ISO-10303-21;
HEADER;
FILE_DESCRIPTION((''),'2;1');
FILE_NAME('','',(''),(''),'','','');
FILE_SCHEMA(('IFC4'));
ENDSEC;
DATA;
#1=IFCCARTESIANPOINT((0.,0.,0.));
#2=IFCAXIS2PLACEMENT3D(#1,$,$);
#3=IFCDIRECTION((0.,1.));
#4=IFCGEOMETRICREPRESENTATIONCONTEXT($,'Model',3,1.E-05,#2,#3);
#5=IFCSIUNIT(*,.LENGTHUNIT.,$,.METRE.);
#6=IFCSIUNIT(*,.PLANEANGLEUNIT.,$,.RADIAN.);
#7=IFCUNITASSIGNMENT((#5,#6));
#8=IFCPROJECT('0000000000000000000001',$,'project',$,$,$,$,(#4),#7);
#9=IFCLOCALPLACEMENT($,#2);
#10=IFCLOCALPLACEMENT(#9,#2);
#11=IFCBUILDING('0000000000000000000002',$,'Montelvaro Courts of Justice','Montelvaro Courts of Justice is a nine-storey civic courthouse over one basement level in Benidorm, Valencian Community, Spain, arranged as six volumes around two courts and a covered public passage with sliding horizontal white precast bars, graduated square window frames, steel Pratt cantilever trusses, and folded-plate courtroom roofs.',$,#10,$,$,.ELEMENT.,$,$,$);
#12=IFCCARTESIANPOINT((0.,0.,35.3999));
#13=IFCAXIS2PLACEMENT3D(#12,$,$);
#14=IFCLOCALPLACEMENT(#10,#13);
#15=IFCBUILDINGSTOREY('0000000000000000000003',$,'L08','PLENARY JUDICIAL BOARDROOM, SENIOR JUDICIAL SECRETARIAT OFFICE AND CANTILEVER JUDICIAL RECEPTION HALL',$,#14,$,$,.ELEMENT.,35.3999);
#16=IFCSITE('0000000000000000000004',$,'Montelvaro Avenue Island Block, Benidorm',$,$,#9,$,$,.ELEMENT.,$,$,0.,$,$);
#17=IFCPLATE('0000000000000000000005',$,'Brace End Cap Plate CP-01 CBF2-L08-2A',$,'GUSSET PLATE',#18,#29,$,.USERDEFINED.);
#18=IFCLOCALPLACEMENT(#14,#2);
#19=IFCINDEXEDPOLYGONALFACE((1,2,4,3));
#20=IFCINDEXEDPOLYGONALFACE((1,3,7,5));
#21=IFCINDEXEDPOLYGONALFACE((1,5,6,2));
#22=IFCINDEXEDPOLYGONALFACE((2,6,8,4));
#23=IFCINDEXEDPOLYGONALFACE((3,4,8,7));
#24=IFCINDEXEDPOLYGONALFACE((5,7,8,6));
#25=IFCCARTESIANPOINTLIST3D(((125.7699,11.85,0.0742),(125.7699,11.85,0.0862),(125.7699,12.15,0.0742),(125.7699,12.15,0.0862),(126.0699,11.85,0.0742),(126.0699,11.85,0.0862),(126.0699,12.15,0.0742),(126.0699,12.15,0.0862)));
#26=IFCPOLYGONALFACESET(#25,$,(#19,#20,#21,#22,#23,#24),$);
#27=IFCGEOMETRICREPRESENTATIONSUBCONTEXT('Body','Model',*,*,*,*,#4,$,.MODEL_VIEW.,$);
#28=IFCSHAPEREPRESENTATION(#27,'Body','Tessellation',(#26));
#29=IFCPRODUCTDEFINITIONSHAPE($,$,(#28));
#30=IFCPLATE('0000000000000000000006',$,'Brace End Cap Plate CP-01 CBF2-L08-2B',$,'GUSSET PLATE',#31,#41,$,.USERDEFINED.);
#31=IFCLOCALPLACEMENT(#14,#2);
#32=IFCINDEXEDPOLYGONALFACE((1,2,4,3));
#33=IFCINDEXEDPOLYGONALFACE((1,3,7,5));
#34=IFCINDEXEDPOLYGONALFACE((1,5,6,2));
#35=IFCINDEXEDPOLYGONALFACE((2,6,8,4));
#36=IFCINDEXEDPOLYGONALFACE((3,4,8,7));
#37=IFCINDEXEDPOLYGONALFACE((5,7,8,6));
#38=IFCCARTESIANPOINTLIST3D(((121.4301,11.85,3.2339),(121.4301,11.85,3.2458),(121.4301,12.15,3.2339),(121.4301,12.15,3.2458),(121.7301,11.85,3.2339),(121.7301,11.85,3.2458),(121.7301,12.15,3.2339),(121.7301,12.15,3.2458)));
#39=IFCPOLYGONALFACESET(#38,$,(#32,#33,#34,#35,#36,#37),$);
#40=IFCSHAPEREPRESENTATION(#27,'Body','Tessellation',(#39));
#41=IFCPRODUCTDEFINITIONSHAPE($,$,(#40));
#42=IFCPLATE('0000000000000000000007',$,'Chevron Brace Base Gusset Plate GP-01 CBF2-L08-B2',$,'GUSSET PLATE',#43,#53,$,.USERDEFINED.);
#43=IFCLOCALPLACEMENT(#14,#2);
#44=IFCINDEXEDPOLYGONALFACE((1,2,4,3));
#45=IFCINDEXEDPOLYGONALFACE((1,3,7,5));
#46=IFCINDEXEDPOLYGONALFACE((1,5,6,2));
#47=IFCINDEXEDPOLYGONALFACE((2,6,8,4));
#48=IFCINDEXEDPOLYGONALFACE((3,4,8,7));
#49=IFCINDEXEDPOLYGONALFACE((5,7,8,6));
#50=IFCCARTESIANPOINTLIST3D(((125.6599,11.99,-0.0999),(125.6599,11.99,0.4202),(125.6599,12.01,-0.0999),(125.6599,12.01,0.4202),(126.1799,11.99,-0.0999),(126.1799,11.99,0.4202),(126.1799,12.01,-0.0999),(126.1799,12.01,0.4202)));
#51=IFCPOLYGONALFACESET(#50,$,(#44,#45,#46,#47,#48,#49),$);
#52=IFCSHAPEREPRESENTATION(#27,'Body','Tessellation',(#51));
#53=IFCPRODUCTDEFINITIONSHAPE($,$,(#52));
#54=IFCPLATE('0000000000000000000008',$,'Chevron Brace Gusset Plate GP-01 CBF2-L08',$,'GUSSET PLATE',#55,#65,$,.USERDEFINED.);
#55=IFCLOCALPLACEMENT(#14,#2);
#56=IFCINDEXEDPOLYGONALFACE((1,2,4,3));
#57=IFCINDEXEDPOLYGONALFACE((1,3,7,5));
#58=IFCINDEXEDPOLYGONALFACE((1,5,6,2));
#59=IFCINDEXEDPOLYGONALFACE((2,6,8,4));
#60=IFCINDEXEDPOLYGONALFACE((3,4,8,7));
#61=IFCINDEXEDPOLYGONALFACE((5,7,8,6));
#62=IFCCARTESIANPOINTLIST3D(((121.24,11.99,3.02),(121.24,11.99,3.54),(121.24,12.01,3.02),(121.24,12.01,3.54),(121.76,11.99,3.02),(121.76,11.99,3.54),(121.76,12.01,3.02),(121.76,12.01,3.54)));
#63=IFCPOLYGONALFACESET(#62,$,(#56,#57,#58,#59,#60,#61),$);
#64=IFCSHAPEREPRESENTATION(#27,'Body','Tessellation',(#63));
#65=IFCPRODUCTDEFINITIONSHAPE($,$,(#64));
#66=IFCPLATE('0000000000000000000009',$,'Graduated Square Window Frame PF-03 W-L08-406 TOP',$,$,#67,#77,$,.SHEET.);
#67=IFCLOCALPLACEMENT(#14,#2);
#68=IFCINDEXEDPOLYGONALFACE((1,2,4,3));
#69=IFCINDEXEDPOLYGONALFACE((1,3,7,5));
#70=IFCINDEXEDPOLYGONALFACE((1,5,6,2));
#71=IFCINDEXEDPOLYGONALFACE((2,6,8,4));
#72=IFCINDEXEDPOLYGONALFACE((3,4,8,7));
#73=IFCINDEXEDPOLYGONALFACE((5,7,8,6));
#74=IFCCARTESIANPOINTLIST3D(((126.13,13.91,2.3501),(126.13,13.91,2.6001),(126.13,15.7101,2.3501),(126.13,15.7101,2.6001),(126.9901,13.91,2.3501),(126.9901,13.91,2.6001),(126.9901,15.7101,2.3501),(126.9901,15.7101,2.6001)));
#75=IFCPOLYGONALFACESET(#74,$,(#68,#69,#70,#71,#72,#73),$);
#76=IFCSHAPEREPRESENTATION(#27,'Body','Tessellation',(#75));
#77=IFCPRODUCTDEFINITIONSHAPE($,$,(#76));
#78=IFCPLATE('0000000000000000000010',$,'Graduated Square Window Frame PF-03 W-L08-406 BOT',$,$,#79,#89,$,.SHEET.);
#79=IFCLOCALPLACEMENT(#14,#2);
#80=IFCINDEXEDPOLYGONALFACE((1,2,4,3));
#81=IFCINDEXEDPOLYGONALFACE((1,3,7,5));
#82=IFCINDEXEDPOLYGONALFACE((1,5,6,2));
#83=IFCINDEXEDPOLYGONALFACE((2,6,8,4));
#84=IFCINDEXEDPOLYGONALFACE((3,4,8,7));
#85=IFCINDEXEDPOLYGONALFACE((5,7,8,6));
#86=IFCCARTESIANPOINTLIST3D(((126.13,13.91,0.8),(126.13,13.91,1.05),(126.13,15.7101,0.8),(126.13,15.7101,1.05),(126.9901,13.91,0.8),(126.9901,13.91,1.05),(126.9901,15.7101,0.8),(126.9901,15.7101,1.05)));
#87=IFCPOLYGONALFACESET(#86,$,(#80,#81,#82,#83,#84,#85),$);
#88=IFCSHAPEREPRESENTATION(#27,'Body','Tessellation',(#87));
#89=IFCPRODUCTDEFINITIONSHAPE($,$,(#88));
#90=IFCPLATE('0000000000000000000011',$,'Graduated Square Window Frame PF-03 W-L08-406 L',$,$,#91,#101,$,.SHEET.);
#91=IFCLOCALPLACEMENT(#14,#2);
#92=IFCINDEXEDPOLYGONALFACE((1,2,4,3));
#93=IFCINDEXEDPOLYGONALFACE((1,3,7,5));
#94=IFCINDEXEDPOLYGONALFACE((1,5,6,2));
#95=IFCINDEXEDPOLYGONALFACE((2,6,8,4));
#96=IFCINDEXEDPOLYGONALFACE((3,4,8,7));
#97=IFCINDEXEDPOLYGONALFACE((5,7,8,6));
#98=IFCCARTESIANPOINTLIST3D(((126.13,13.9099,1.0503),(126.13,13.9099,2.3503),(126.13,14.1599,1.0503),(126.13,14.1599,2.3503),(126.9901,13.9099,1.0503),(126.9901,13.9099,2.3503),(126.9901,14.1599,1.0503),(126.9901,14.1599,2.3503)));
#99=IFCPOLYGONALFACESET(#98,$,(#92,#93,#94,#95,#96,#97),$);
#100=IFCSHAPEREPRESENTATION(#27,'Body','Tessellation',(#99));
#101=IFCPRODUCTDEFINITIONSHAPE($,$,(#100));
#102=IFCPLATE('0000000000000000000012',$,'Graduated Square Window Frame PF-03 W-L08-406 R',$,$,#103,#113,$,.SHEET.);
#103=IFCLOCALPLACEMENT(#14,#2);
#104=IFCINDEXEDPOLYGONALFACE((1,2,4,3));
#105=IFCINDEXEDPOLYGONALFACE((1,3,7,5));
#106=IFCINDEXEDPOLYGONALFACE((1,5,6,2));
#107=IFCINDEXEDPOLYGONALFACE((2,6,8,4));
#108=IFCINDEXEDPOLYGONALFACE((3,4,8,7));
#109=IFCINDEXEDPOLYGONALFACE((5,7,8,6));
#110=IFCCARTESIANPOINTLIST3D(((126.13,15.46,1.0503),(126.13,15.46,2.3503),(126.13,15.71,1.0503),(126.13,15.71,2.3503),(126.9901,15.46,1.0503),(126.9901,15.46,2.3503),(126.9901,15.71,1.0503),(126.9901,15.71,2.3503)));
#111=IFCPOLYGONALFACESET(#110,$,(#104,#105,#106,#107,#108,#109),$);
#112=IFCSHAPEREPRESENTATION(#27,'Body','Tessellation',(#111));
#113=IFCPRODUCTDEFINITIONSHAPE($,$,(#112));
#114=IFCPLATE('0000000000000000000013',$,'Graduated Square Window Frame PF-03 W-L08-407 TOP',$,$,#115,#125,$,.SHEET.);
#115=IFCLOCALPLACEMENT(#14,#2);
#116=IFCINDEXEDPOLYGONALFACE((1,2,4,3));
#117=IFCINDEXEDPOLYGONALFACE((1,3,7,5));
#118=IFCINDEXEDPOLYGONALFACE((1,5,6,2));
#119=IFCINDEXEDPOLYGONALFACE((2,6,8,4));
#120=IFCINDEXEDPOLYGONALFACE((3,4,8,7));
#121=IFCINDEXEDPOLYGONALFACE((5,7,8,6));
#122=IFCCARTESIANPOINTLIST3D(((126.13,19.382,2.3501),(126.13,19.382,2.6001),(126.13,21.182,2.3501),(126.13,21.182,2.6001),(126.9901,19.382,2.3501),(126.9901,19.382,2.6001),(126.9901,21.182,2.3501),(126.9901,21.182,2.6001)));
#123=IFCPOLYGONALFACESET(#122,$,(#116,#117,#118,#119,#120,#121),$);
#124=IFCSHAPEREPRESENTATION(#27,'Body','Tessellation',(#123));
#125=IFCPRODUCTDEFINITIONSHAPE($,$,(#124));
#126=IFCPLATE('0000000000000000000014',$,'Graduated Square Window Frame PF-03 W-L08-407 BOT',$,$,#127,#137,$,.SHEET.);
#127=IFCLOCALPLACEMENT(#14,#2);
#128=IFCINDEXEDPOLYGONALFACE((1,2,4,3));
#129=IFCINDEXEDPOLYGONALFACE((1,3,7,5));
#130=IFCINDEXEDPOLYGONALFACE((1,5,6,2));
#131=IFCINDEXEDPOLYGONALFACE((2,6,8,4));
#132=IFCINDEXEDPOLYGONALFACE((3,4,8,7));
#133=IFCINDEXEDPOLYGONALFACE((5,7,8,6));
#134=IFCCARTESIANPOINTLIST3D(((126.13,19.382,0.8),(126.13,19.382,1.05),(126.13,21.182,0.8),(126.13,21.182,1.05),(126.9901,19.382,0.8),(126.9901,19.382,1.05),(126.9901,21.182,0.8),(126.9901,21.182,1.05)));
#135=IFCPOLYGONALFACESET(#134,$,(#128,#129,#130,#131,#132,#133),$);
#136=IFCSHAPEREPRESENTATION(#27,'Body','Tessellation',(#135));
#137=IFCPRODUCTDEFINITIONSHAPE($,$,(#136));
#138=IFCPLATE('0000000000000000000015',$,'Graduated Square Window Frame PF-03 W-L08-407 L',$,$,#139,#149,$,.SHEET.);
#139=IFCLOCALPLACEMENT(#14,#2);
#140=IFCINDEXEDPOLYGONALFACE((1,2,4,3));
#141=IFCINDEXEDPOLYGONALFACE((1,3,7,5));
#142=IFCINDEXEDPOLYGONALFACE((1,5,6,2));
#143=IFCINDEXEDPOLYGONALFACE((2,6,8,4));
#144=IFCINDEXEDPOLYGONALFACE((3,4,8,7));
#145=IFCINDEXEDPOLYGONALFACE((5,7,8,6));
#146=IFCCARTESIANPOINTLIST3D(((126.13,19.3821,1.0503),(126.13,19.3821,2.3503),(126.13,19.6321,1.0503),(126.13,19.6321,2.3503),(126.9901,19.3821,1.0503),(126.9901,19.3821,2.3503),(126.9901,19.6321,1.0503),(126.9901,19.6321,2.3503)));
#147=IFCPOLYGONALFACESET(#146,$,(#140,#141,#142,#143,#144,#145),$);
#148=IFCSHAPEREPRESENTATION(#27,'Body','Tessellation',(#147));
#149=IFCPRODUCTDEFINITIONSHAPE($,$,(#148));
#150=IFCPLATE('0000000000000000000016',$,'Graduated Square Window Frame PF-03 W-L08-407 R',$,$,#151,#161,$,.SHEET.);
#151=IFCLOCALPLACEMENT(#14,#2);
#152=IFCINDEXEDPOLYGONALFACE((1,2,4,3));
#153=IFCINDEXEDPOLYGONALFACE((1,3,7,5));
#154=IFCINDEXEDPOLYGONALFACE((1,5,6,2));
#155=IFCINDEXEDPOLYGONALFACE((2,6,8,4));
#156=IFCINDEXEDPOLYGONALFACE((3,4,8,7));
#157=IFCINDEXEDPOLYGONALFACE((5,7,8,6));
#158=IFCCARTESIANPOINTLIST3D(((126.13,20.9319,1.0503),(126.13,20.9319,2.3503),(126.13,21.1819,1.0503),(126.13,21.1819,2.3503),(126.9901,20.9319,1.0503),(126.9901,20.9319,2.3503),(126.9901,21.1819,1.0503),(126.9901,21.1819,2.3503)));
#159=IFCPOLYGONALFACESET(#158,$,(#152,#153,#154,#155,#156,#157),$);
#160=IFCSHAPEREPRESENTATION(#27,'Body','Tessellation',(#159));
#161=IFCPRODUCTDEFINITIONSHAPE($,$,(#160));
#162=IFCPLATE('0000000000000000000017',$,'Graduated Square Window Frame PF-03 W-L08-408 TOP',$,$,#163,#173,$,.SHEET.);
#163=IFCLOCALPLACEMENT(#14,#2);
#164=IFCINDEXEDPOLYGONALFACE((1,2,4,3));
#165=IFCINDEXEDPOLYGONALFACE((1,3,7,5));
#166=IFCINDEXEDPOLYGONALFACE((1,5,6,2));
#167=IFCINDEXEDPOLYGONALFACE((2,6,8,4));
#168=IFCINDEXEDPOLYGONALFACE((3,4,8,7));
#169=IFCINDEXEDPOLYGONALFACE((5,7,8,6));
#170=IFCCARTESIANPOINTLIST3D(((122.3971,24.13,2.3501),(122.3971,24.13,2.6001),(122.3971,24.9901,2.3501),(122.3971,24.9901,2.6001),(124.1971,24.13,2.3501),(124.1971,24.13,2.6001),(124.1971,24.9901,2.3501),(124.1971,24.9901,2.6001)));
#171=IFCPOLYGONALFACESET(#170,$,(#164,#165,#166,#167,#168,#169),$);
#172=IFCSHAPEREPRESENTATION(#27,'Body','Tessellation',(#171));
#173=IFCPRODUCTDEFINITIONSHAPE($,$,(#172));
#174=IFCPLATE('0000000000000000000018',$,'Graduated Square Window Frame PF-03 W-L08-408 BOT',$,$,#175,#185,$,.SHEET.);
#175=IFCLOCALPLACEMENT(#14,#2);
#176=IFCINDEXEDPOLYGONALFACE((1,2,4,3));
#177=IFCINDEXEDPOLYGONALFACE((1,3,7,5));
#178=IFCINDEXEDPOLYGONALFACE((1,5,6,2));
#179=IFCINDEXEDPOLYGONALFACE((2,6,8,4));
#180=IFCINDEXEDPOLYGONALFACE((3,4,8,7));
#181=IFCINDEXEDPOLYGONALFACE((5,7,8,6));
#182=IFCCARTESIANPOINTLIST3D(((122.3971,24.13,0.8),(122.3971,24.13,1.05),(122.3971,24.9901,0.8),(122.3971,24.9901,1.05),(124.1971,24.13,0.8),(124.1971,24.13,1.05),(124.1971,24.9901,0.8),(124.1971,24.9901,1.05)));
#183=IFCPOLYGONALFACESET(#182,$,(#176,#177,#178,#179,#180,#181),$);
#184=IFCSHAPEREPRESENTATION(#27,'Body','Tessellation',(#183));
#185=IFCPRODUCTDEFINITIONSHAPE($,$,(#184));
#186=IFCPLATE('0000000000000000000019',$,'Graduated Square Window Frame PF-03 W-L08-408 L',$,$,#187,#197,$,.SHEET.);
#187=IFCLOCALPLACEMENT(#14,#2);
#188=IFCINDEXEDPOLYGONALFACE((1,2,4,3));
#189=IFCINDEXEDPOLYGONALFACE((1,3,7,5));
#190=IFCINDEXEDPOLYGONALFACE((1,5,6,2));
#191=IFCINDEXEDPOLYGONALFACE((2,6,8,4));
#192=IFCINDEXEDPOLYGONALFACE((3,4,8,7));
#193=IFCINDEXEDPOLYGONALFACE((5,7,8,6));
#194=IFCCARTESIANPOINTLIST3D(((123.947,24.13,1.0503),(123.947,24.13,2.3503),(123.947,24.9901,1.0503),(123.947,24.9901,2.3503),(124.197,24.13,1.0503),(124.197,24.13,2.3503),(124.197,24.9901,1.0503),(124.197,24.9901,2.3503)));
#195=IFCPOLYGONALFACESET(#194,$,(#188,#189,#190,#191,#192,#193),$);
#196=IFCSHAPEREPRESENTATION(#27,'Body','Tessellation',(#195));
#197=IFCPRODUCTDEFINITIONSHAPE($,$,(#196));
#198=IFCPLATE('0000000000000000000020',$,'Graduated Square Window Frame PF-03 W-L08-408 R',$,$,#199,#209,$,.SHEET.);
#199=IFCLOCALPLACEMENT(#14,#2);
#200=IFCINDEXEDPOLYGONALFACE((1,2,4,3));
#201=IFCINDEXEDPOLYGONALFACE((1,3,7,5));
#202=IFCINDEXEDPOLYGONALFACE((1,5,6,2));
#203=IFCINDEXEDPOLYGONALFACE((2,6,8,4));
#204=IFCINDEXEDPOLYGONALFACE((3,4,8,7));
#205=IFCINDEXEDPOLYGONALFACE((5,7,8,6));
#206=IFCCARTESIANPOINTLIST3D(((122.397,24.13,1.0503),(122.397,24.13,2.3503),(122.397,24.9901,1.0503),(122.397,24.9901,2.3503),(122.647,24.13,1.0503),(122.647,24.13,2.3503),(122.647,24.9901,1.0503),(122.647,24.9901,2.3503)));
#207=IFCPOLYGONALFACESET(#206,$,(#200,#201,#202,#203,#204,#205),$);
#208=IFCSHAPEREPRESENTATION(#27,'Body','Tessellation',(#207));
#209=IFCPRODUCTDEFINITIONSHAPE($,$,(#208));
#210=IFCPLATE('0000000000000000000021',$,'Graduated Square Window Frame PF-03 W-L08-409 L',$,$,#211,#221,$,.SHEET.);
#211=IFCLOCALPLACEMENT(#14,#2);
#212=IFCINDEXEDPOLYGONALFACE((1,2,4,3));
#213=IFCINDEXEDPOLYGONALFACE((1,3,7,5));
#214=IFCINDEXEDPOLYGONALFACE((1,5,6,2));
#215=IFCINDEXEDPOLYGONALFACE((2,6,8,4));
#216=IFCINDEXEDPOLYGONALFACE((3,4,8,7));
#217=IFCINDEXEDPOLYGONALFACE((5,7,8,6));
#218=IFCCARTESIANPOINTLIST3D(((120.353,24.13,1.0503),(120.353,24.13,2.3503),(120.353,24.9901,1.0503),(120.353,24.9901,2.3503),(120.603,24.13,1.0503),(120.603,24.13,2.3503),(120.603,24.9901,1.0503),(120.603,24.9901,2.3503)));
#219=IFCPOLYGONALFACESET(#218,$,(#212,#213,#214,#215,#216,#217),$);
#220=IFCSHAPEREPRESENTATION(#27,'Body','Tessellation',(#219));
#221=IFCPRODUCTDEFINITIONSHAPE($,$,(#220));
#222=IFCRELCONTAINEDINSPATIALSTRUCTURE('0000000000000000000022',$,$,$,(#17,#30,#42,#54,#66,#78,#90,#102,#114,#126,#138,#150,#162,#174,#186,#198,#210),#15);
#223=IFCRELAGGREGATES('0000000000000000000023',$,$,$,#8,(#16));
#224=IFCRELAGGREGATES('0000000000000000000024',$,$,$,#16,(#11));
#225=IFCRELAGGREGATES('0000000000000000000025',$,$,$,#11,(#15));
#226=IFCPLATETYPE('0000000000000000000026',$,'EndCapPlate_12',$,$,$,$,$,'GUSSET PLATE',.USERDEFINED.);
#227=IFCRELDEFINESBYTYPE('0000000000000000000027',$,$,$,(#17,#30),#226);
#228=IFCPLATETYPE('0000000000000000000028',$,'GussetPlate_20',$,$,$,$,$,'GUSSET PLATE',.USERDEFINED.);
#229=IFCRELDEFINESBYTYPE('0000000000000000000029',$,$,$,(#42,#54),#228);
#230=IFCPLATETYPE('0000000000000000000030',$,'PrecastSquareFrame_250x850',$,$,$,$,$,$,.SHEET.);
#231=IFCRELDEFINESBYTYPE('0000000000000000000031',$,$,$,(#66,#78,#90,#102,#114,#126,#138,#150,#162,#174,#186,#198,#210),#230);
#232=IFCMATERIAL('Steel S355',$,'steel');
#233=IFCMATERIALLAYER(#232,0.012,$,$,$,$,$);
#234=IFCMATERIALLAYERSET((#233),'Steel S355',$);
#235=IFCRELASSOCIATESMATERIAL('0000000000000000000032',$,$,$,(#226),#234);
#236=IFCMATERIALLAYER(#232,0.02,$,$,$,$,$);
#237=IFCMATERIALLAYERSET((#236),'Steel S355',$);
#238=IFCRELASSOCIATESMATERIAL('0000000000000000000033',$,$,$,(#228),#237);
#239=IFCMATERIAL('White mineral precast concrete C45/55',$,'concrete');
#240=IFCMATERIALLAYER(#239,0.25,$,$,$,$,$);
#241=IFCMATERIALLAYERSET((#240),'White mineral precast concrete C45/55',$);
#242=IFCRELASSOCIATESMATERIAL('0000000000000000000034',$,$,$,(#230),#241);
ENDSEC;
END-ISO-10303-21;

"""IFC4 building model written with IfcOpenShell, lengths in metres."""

from ifc_helpers import new_model, si_unit, direction, frame, origin, origin_2d, place, context, subcontext, project, spatial, rectangle, extrude, material, layer, layer_set, type_object, element, save


model = new_model("IFC4")

# Units and contexts
model_context = context("Model", 3, precision=1e-05, world=origin(), true_north=direction((0.0, 1.0)))
body_context = subcontext(model_context, "Body", "Model", "MODEL_VIEW")
ifc_project = project(units=[si_unit("LENGTHUNIT", "METRE"), si_unit("PLANEANGLEUNIT", "RADIAN")], contexts=[model_context])

# Site, building, storey
site_placement = place(None, origin())
site = spatial("IfcSite", under=ifc_project, at=site_placement, Name="Montelvaro Avenue Island Block, Benidorm", CompositionType="ELEMENT", RefElevation=0.0)
building_placement = place(site_placement, origin())
building = spatial("IfcBuilding", under=site, at=building_placement, Name="Montelvaro Courts of Justice", Description="Montelvaro Courts of Justice is a nine-storey civic courthouse over one basement level in Benidorm, Valencian Community, Spain, arranged as six volumes around two courts and a covered public passage with sliding horizontal white precast bars, graduated square window frames, steel Pratt cantilever trusses, and folded-plate courtroom roofs.", CompositionType="ELEMENT")
storey_placement = place(building_placement, frame((0.0, 0.0, 35.3999)))
storey = spatial("IfcBuildingStorey", under=building, at=storey_placement, Name="L08", Description="PLENARY JUDICIAL BOARDROOM, SENIOR JUDICIAL SECRETARIAT OFFICE AND CANTILEVER JUDICIAL RECEPTION HALL", CompositionType="ELEMENT", Elevation=35.3999)

# Shared definitions
ifc_material_1 = material(Name="Steel S355", Category="steel")

# Plates
ifc_layer_1 = layer(ifc_material_1, 0.012)
ifc_layer_set_1 = layer_set([ifc_layer_1], Name="Steel S355")
plate_type_1 = type_object("IfcPlateType", Name="EndCapPlate_12", ElementType="GUSSET PLATE", PredefinedType="USERDEFINED", material=ifc_layer_set_1)
for number, where, z_axis, x_axis, name in (
    (1, (125.9199, 12.0, 0.0742), (0.0, 0.0, 1.0), (1.0, 0.0, 0.0), "Brace End Cap Plate CP-01 CBF2-L08-2A"),
    (2, (121.5801, 12.0, 3.2339), (0.0, 0.0, 1.0), (1.0, 0.0, 0.0), "Brace End Cap Plate CP-01 CBF2-L08-2B"),
):
    element("IfcPlate", number, at=place(storey_placement, frame(where, z_axis=z_axis, x_axis=x_axis)), inside=storey, type_object=plate_type_1, Name=name, ObjectType="GUSSET PLATE", PredefinedType="USERDEFINED", context=body_context, shape_type="SweptSolid", body=[
        extrude(rectangle(XDim=0.3, YDim=0.3, at=origin_2d()), origin(), (0.0, 0.0, 1.0), 0.012),
    ])
ifc_layer_2 = layer(ifc_material_1, 0.02)
ifc_layer_set_2 = layer_set([ifc_layer_2], Name="Steel S355")
plate_type_2 = type_object("IfcPlateType", Name="GussetPlate_20", ElementType="GUSSET PLATE", PredefinedType="USERDEFINED", material=ifc_layer_set_2)
for number, where, z_axis, x_axis, name in (
    (3, (125.9199, 12.0, -0.0999), (0.0, 0.0, 1.0), (1.0, 0.0, 0.0), "Chevron Brace Base Gusset Plate GP-01 CBF2-L08-B2"),
    (4, (121.5, 12.0, 3.02), (0.0, 0.0, 1.0), (1.0, 0.0, 0.0), "Chevron Brace Gusset Plate GP-01 CBF2-L08"),
):
    element("IfcPlate", number, at=place(storey_placement, frame(where, z_axis=z_axis, x_axis=x_axis)), inside=storey, type_object=plate_type_2, Name=name, ObjectType="GUSSET PLATE", PredefinedType="USERDEFINED", context=body_context, shape_type="SweptSolid", body=[
        extrude(rectangle(XDim=0.52, YDim=0.02, at=origin_2d()), origin(), (0.0, 0.0, 1.0), 0.52),
    ])
ifc_material_2 = material(Name="White mineral precast concrete C45/55", Category="concrete")
ifc_layer_3 = layer(ifc_material_2, 0.25)
ifc_layer_set_3 = layer_set([ifc_layer_3], Name="White mineral precast concrete C45/55")
plate_type_3 = type_object("IfcPlateType", Name="PrecastSquareFrame_250x850", PredefinedType="SHEET", material=ifc_layer_set_3)
for number, where, z_axis, x_axis, name in (
    (5, (126.5601, 14.8101, 2.3501), (0.0, 0.0, 1.0), (0.0, 1.0, 0.0), "Graduated Square Window Frame PF-03 W-L08-406 TOP"),
    (6, (126.5601, 14.8101, 0.8), (0.0, 0.0, 1.0), (0.0, 1.0, 0.0), "Graduated Square Window Frame PF-03 W-L08-406 BOT"),
):
    element("IfcPlate", number, at=place(storey_placement, frame(where, z_axis=z_axis, x_axis=x_axis)), inside=storey, type_object=plate_type_3, Name=name, PredefinedType="SHEET", context=body_context, shape_type="SweptSolid", body=[
        extrude(rectangle(XDim=1.8, YDim=0.8601, at=origin_2d()), origin(), (0.0, 0.0, 1.0), 0.25),
    ])
for number, where, z_axis, x_axis, name in (
    (7, (126.5601, 14.0349, 1.0503), (0.0, 0.0, 1.0), (0.0, 1.0, 0.0), "Graduated Square Window Frame PF-03 W-L08-406 L"),
    (8, (126.5601, 15.585, 1.0503), (0.0, 0.0, 1.0), (0.0, 1.0, 0.0), "Graduated Square Window Frame PF-03 W-L08-406 R"),
):
    element("IfcPlate", number, at=place(storey_placement, frame(where, z_axis=z_axis, x_axis=x_axis)), inside=storey, type_object=plate_type_3, Name=name, PredefinedType="SHEET", context=body_context, shape_type="SweptSolid", body=[
        extrude(rectangle(XDim=0.25, YDim=0.8601, at=origin_2d()), origin(), (0.0, 0.0, 1.0), 1.3),
    ])
for number, where, z_axis, x_axis, name in (
    (9, (126.5601, 20.282, 2.3501), (0.0, 0.0, 1.0), (0.0, 1.0, 0.0), "Graduated Square Window Frame PF-03 W-L08-407 TOP"),
    (10, (126.5601, 20.282, 0.8), (0.0, 0.0, 1.0), (0.0, 1.0, 0.0), "Graduated Square Window Frame PF-03 W-L08-407 BOT"),
):
    element("IfcPlate", number, at=place(storey_placement, frame(where, z_axis=z_axis, x_axis=x_axis)), inside=storey, type_object=plate_type_3, Name=name, PredefinedType="SHEET", context=body_context, shape_type="SweptSolid", body=[
        extrude(rectangle(XDim=1.8, YDim=0.8601, at=origin_2d()), origin(), (0.0, 0.0, 1.0), 0.25),
    ])
for number, where, z_axis, x_axis, name in (
    (11, (126.5601, 19.5071, 1.0503), (0.0, 0.0, 1.0), (0.0, 1.0, 0.0), "Graduated Square Window Frame PF-03 W-L08-407 L"),
    (12, (126.5601, 21.0569, 1.0503), (0.0, 0.0, 1.0), (0.0, 1.0, 0.0), "Graduated Square Window Frame PF-03 W-L08-407 R"),
):
    element("IfcPlate", number, at=place(storey_placement, frame(where, z_axis=z_axis, x_axis=x_axis)), inside=storey, type_object=plate_type_3, Name=name, PredefinedType="SHEET", context=body_context, shape_type="SweptSolid", body=[
        extrude(rectangle(XDim=0.25, YDim=0.8601, at=origin_2d()), origin(), (0.0, 0.0, 1.0), 1.3),
    ])
for number, where, z_axis, x_axis, name in (
    (13, (123.2971, 24.5601, 2.3501), (0.0, 0.0, 1.0), (-1.0, 0.0, 0.0), "Graduated Square Window Frame PF-03 W-L08-408 TOP"),
    (14, (123.2971, 24.5601, 0.8), (0.0, 0.0, 1.0), (-1.0, 0.0, 0.0), "Graduated Square Window Frame PF-03 W-L08-408 BOT"),
):
    element("IfcPlate", number, at=place(storey_placement, frame(where, z_axis=z_axis, x_axis=x_axis)), inside=storey, type_object=plate_type_3, Name=name, PredefinedType="SHEET", context=body_context, shape_type="SweptSolid", body=[
        extrude(rectangle(XDim=1.8, YDim=0.8601, at=origin_2d()), origin(), (0.0, 0.0, 1.0), 0.25),
    ])
for number, where, z_axis, x_axis, name in (
    (15, (124.072, 24.5601, 1.0503), (0.0, 0.0, 1.0), (-1.0, 0.0, 0.0), "Graduated Square Window Frame PF-03 W-L08-408 L"),
    (16, (122.522, 24.5601, 1.0503), (0.0, 0.0, 1.0), (-1.0, 0.0, 0.0), "Graduated Square Window Frame PF-03 W-L08-408 R"),
    (17, (120.478, 24.5601, 1.0503), (0.0, 0.0, 1.0), (-1.0, 0.0, 0.0), "Graduated Square Window Frame PF-03 W-L08-409 L"),
):
    element("IfcPlate", number, at=place(storey_placement, frame(where, z_axis=z_axis, x_axis=x_axis)), inside=storey, type_object=plate_type_3, Name=name, PredefinedType="SHEET", context=body_context, shape_type="SweptSolid", body=[
        extrude(rectangle(XDim=0.25, YDim=0.8601, at=origin_2d()), origin(), (0.0, 0.0, 1.0), 1.3),
    ])

save(model, "model.ifc")
